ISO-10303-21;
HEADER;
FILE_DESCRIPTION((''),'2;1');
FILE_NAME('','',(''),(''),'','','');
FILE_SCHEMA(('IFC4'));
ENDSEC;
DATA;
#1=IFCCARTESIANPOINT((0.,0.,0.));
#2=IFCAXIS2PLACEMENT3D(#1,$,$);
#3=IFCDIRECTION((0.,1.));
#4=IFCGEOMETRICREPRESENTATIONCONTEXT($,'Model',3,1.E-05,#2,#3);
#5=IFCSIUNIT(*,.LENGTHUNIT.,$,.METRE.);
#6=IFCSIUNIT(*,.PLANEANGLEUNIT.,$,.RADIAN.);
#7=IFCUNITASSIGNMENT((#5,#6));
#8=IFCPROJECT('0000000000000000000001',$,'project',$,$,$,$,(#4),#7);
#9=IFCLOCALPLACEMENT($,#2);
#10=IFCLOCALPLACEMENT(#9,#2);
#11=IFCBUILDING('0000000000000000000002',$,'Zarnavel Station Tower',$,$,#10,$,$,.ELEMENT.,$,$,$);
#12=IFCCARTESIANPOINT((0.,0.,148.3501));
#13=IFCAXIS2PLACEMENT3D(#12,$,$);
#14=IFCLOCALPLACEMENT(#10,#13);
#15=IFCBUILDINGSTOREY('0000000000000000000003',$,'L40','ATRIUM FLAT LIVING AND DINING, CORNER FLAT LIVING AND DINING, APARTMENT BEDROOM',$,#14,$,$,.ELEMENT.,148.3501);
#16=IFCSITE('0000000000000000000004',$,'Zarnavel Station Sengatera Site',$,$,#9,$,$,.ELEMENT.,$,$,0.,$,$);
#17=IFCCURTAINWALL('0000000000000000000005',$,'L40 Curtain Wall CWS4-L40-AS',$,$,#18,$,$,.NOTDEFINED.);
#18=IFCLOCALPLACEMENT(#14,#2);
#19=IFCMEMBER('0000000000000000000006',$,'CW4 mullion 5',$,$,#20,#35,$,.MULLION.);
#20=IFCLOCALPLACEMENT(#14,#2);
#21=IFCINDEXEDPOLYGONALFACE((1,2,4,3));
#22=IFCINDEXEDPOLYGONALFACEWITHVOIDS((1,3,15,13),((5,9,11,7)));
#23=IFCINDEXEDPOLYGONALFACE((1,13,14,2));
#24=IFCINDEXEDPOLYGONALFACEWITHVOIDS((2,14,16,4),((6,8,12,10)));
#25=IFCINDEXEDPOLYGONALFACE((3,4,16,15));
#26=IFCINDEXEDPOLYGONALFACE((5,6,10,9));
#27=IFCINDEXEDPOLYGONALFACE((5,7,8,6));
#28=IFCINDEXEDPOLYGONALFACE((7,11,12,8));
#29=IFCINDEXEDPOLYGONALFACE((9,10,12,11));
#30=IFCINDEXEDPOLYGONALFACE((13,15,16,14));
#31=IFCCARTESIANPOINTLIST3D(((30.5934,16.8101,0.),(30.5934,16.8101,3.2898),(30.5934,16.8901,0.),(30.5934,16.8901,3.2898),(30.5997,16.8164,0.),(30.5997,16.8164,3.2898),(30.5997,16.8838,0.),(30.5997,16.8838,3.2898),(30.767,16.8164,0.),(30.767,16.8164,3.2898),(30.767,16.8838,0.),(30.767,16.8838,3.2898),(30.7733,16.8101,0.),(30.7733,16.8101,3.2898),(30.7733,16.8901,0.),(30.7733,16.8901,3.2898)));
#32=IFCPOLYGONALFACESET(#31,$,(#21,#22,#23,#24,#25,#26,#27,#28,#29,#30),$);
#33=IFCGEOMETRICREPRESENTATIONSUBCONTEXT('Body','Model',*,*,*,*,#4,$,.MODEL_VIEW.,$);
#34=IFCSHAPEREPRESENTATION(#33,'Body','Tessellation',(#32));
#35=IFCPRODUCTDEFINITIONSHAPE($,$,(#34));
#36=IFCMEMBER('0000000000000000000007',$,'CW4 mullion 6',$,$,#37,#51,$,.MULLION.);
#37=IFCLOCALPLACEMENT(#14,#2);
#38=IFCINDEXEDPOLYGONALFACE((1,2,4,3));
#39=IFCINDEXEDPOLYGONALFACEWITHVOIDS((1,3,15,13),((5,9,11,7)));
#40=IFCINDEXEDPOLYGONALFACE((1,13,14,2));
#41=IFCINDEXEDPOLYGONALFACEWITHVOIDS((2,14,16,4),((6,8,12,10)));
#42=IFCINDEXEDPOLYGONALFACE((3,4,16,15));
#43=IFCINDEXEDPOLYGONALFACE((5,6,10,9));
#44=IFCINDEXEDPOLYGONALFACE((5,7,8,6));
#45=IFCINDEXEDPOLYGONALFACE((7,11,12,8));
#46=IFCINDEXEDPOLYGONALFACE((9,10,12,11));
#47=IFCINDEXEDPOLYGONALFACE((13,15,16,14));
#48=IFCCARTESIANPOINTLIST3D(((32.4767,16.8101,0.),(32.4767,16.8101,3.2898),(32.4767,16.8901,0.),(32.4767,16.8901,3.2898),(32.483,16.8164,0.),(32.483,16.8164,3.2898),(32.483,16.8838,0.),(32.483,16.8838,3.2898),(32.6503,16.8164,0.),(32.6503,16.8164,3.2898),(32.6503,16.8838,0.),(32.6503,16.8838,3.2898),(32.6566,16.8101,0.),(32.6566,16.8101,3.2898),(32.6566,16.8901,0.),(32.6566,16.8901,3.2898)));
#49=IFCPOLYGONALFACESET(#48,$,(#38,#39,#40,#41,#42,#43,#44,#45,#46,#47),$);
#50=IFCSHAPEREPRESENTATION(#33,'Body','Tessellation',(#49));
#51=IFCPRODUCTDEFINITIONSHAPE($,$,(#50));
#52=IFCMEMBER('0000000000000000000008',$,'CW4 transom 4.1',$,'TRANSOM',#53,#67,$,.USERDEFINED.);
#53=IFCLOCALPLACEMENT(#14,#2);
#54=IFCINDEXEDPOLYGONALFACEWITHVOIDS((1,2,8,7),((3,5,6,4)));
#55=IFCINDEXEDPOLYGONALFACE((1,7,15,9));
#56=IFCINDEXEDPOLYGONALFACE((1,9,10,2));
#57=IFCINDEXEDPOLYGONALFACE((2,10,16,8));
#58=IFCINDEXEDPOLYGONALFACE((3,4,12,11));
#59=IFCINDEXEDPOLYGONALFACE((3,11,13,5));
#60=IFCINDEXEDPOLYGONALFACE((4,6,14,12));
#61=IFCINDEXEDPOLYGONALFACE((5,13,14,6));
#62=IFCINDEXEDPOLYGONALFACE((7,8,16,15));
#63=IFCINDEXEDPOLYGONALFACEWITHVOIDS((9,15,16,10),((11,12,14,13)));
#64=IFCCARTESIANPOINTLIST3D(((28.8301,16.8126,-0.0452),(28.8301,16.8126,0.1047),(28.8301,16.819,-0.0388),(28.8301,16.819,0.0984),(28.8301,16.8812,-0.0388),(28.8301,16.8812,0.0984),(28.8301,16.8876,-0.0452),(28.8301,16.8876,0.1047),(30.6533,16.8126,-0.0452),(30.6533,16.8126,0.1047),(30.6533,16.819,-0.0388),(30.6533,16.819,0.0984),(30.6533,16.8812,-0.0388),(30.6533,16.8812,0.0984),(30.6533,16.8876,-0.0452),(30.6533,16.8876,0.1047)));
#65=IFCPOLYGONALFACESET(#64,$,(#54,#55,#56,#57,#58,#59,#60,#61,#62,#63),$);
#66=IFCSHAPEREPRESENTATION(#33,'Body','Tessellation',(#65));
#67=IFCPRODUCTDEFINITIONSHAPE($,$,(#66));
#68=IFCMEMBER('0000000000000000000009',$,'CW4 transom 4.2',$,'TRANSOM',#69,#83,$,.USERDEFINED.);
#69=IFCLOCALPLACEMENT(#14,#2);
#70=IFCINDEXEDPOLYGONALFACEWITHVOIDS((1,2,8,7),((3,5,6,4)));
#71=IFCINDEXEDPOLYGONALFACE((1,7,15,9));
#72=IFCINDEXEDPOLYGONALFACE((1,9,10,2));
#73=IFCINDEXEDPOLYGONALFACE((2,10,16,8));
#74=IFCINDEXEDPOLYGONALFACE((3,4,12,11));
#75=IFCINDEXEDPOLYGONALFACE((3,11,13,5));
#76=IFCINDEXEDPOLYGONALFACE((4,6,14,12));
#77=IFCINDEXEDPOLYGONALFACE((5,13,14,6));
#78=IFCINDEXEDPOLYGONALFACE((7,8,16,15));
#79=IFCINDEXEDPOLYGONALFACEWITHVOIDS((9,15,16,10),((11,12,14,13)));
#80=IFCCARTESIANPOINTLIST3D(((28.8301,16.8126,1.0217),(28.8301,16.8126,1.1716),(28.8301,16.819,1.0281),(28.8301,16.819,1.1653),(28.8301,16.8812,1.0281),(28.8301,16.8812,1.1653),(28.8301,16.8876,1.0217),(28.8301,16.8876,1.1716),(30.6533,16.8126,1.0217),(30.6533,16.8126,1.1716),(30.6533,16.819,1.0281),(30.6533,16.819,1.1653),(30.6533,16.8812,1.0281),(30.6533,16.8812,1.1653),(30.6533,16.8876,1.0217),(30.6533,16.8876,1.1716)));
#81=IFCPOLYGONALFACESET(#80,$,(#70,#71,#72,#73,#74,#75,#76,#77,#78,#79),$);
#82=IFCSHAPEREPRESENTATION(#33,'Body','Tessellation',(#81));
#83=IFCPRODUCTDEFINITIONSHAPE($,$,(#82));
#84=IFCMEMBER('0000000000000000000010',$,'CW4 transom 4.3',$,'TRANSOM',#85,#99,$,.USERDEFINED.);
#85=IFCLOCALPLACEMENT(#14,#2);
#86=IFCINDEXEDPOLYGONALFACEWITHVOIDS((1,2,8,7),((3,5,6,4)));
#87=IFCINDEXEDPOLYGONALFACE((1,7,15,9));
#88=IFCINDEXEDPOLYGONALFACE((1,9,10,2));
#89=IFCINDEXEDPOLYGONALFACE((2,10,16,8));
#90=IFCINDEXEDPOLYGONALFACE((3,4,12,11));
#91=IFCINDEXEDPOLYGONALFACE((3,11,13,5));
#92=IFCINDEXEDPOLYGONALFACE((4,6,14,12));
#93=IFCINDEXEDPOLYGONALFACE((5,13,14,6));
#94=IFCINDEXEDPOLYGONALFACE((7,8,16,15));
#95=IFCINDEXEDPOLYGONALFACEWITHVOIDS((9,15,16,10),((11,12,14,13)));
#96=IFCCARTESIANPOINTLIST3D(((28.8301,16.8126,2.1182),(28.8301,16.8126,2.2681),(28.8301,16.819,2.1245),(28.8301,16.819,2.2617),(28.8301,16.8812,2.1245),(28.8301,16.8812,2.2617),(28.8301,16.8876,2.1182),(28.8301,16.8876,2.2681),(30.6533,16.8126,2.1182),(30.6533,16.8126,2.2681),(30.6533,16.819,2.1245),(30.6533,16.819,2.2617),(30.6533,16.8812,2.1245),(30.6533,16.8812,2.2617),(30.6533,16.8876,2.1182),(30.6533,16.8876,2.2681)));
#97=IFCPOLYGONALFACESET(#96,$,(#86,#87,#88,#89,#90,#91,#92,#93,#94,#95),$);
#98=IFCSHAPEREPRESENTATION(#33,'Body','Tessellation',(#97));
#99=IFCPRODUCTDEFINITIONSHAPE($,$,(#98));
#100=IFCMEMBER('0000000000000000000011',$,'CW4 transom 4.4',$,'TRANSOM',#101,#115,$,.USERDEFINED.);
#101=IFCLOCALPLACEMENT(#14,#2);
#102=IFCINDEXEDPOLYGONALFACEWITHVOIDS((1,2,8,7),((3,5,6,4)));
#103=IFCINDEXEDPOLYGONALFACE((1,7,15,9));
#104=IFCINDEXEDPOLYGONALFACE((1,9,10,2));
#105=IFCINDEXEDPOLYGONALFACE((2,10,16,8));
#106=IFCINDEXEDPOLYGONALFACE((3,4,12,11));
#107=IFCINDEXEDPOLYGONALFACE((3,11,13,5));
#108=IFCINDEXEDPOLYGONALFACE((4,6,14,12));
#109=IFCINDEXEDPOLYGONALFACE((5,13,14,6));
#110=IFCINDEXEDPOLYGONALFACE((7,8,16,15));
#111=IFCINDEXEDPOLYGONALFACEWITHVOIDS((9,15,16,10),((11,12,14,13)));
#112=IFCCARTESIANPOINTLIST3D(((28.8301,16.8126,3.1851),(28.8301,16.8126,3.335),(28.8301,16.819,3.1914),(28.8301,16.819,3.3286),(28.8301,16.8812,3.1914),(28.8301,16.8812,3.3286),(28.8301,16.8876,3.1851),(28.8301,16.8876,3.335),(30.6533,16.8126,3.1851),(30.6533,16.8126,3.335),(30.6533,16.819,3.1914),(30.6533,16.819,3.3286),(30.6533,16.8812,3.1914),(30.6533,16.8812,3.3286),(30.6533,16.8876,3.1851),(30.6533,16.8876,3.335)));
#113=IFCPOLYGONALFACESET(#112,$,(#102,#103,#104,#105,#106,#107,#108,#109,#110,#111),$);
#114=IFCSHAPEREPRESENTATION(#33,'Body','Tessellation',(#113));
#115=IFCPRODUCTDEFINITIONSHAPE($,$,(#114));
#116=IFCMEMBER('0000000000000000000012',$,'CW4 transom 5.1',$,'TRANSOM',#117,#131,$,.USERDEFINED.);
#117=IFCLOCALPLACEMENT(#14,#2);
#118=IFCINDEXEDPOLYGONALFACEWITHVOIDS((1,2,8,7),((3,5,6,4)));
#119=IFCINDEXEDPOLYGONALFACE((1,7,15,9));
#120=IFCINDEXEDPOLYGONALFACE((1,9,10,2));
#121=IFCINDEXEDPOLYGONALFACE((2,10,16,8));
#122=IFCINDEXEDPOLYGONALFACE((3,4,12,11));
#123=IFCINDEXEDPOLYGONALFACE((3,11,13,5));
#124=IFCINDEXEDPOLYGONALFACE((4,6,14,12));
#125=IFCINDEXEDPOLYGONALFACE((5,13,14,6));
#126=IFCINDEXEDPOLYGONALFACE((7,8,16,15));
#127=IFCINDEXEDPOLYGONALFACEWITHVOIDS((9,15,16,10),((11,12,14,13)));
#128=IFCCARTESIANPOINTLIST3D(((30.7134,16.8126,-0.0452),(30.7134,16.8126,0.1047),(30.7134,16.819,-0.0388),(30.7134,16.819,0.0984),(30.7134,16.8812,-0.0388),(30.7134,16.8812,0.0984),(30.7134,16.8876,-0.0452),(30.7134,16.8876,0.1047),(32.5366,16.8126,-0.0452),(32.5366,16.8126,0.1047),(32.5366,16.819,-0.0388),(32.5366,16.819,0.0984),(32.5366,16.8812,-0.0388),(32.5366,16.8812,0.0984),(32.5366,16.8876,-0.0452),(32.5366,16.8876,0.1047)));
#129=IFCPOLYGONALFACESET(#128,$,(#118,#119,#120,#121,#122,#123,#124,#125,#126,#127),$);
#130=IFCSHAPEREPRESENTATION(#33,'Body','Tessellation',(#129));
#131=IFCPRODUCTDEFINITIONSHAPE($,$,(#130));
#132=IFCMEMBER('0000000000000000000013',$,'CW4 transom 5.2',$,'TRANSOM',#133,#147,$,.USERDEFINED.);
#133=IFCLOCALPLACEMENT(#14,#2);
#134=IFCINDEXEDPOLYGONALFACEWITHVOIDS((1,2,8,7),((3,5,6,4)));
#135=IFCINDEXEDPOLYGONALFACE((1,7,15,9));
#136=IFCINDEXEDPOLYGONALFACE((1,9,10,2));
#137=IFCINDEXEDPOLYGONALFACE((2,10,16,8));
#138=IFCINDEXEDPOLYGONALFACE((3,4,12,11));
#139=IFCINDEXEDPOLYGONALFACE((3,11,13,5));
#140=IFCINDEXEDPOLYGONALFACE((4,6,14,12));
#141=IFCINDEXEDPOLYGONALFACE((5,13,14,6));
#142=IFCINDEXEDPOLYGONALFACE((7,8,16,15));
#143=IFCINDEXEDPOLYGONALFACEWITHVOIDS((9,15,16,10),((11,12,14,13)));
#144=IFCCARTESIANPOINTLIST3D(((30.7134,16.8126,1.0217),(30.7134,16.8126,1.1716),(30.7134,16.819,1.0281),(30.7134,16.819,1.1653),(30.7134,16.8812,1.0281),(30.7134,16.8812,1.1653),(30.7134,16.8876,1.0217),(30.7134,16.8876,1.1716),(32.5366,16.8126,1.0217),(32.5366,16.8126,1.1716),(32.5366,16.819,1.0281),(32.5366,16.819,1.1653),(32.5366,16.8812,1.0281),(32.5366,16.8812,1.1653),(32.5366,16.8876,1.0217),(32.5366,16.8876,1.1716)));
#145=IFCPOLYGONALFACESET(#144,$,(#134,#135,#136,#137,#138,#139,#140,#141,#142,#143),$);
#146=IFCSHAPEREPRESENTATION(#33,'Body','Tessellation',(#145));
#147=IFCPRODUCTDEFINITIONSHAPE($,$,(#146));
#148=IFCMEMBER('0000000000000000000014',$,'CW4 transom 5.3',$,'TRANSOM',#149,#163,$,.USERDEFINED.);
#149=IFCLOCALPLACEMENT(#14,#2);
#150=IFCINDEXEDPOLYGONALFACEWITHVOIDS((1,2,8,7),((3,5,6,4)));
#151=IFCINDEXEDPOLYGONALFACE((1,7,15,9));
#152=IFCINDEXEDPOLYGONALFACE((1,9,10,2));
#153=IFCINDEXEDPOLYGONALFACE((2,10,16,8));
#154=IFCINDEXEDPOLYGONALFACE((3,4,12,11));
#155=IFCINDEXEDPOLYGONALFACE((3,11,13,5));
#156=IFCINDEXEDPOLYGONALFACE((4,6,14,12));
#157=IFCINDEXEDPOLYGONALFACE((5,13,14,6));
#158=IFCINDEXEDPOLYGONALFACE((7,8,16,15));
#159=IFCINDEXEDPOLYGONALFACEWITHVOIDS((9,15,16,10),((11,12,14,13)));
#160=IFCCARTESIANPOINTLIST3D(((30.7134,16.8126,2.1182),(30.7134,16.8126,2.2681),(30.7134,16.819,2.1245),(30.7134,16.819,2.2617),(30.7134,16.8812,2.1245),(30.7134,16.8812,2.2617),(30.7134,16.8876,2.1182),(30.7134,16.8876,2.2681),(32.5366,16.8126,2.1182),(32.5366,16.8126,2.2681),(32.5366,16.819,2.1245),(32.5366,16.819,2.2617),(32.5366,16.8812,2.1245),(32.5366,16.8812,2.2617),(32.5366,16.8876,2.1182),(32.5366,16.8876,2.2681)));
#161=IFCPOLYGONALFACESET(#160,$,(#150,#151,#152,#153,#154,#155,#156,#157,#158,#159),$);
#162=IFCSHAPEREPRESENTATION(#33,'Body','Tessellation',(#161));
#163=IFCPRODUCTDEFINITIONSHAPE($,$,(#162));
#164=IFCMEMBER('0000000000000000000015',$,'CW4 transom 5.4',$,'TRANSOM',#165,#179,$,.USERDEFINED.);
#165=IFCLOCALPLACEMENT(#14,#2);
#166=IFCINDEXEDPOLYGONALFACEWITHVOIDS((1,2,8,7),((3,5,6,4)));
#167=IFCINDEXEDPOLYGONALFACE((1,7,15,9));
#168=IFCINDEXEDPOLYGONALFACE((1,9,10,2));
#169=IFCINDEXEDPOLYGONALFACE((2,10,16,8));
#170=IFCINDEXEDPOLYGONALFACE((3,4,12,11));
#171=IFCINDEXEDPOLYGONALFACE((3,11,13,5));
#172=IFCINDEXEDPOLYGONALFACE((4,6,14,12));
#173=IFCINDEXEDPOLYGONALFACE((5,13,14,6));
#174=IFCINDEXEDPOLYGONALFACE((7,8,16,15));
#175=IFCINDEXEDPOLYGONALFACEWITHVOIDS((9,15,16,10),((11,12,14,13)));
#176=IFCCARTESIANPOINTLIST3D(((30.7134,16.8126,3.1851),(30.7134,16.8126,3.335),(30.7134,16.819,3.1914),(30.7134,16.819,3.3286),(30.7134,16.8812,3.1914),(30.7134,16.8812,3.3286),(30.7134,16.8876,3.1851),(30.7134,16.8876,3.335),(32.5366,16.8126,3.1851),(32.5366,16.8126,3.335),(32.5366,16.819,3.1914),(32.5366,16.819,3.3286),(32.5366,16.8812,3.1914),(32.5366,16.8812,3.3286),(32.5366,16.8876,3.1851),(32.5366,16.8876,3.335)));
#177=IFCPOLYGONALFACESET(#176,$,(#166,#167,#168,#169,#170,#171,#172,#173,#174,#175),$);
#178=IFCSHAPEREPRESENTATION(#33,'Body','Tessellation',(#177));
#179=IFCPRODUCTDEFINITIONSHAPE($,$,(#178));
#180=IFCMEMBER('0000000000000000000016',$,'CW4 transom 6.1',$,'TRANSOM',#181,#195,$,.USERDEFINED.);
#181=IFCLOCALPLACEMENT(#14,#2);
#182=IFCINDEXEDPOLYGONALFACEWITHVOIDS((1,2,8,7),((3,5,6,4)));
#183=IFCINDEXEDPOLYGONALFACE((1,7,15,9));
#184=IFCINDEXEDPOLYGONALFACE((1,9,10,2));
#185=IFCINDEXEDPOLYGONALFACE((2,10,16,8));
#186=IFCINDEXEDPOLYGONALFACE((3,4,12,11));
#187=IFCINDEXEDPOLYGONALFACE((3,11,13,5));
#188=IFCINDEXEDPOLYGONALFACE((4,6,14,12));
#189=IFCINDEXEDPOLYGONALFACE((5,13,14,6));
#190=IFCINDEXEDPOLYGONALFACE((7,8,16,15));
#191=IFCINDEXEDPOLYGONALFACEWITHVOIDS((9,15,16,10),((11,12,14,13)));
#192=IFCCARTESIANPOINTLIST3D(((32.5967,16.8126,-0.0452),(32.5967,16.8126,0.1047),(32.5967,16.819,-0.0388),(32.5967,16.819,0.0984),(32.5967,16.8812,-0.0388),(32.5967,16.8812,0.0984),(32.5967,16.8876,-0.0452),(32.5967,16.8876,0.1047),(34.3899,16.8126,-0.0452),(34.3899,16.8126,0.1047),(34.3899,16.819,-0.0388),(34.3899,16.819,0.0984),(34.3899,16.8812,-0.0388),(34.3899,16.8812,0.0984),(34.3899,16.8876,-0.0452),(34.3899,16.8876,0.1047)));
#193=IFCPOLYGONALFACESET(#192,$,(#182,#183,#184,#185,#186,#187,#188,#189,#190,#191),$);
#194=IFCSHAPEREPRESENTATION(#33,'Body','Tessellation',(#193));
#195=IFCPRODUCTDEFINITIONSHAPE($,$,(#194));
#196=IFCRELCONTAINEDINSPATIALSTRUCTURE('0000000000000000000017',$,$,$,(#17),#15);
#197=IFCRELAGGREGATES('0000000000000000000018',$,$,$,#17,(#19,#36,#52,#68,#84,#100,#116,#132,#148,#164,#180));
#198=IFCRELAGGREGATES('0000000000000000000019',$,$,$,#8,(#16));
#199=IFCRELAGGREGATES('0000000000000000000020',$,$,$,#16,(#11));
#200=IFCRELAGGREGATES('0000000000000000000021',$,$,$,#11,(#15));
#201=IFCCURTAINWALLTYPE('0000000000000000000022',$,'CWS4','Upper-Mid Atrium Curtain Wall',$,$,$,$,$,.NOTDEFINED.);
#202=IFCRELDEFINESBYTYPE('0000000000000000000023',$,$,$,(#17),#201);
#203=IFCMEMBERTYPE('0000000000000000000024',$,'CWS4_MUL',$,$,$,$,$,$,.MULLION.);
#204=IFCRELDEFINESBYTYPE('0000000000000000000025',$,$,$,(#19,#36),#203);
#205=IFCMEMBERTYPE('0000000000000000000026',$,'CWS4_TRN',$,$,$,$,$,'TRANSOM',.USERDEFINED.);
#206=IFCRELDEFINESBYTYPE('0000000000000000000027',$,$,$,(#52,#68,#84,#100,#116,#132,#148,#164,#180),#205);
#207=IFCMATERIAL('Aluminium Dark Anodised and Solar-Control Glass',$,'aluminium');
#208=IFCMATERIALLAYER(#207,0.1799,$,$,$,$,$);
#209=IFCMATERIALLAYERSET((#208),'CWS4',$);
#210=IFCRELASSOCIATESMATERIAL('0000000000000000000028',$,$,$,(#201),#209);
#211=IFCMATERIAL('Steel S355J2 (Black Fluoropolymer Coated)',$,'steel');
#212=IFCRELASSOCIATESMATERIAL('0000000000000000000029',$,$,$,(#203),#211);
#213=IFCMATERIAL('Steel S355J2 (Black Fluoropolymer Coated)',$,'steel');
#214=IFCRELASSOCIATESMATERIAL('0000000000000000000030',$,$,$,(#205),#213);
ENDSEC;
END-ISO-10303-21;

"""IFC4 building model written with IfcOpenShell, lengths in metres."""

from ifc_helpers import new_model, si_unit, direction, frame, origin, origin_2d, place, context, subcontext, project, spatial, hollow_rectangle, extrude, material, layer, layer_set, material_profile, profile_set, type_object, element, aggregate, save


model = new_model("IFC4")

# Units and contexts
model_context = context("Model", 3, precision=1e-05, world=origin(), true_north=direction((0.0, 1.0)))
body_context = subcontext(model_context, "Body", "Model", "MODEL_VIEW")
ifc_project = project(units=[si_unit("LENGTHUNIT", "METRE"), si_unit("PLANEANGLEUNIT", "RADIAN")], contexts=[model_context])

# Site, building, storey
site_placement = place(None, origin())
site = spatial("IfcSite", under=ifc_project, at=site_placement, Name="Zarnavel Station Sengatera Site", CompositionType="ELEMENT", RefElevation=0.0)
building_placement = place(site_placement, origin())
building = spatial("IfcBuilding", under=site, at=building_placement, Name="Zarnavel Station Tower", CompositionType="ELEMENT")
storey_placement = place(building_placement, frame((0.0, 0.0, 148.3501)))
storey = spatial("IfcBuildingStorey", under=building, at=storey_placement, Name="L40", Description="ATRIUM FLAT LIVING AND DINING, CORNER FLAT LIVING AND DINING, APARTMENT BEDROOM", CompositionType="ELEMENT", Elevation=148.3501)

# Curtain wall, members
ifc_material_1 = material(Name="Aluminium Dark Anodised and Solar-Control Glass", Category="aluminium")
ifc_layer_1 = layer(ifc_material_1, 0.1799)
ifc_layer_set_1 = layer_set([ifc_layer_1], Name="CWS4")
curtain_wall_type = type_object("IfcCurtainWallType", Name="CWS4", Description="Upper-Mid Atrium Curtain Wall", PredefinedType="NOTDEFINED", material=ifc_layer_set_1)
curtain_wall_placement = place(storey_placement, origin())
curtain_wall = element("IfcCurtainWall", 1, at=curtain_wall_placement, inside=storey, type_object=curtain_wall_type, Name="L40 Curtain Wall CWS4-L40-AS", PredefinedType="NOTDEFINED")
ifc_material_2 = material(Name="Steel S355J2 (Black Fluoropolymer Coated)", Category="steel")
ifc_material_profile_1 = material_profile(ifc_material_2, hollow_rectangle(XDim=0.0801, YDim=0.1799, WallThickness=0.0063, at=origin_2d()), Name="RHS180x80x6.3")
ifc_profile_set_1 = profile_set([ifc_material_profile_1], Name="Steel S355J2 (Black Fluoropolymer Coated)")
member_type_1 = type_object("IfcMemberType", Name="CWS4_MUL", PredefinedType="MULLION", material=ifc_profile_set_1)
member_1_placement = place(storey_placement, frame((30.6833, 16.8501, 0.0), z_axis=(0.0, 0.0, 1.0), x_axis=(0.0, 1.0, 0.0)))
member_1 = element("IfcMember", 2, at=member_1_placement, type_object=member_type_1, Name="CW4 mullion 5", PredefinedType="MULLION", context=body_context, shape_type="SweptSolid", body=[
    extrude(hollow_rectangle(XDim=0.0801, YDim=0.1799, WallThickness=0.0063, at=origin_2d()), origin(), (0.0, 0.0, 1.0), 3.2898),
])
member_2_placement = place(storey_placement, frame((32.5667, 16.8501, 0.0), z_axis=(0.0, 0.0, 1.0), x_axis=(0.0, 1.0, 0.0)))
member_2 = element("IfcMember", 3, at=member_2_placement, type_object=member_type_1, Name="CW4 mullion 6", PredefinedType="MULLION", context=body_context, shape_type="SweptSolid", body=[
    extrude(hollow_rectangle(XDim=0.0801, YDim=0.1799, WallThickness=0.0063, at=origin_2d()), origin(), (0.0, 0.0, 1.0), 3.2898),
])
ifc_material_3 = material(Name="Steel S355J2 (Black Fluoropolymer Coated)", Category="steel")
ifc_material_profile_2 = material_profile(ifc_material_3, hollow_rectangle(XDim=0.075, YDim=0.1499, WallThickness=0.0063, at=origin_2d()), Name="RHS150x75x6.3")
ifc_profile_set_2 = profile_set([ifc_material_profile_2], Name="Steel S355J2 (Black Fluoropolymer Coated)")
member_type_2 = type_object("IfcMemberType", Name="CWS4_TRN", ElementType="TRANSOM", PredefinedType="USERDEFINED", material=ifc_profile_set_2)
member_3_placement = place(storey_placement, frame((28.8301, 16.8501, 0.0298), z_axis=(1.0, 0.0, 0.0), x_axis=(0.0, 1.0, 0.0)))
member_3 = element("IfcMember", 4, at=member_3_placement, type_object=member_type_2, Name="CW4 transom 4.1", ObjectType="TRANSOM", PredefinedType="USERDEFINED", context=body_context, shape_type="SweptSolid", body=[
    extrude(hollow_rectangle(XDim=0.075, YDim=0.1499, WallThickness=0.0063, at=origin_2d()), origin(), (0.0, 0.0, 1.0), 1.8232),
])
member_4_placement = place(storey_placement, frame((28.8301, 16.8501, 1.0967), z_axis=(1.0, 0.0, 0.0), x_axis=(0.0, 1.0, 0.0)))
member_4 = element("IfcMember", 5, at=member_4_placement, type_object=member_type_2, Name="CW4 transom 4.2", ObjectType="TRANSOM", PredefinedType="USERDEFINED", context=body_context, shape_type="SweptSolid", body=[
    extrude(hollow_rectangle(XDim=0.075, YDim=0.1499, WallThickness=0.0063, at=origin_2d()), origin(), (0.0, 0.0, 1.0), 1.8232),
])
member_5_placement = place(storey_placement, frame((28.8301, 16.8501, 2.1931), z_axis=(1.0, 0.0, 0.0), x_axis=(0.0, 1.0, 0.0)))
member_5 = element("IfcMember", 6, at=member_5_placement, type_object=member_type_2, Name="CW4 transom 4.3", ObjectType="TRANSOM", PredefinedType="USERDEFINED", context=body_context, shape_type="SweptSolid", body=[
    extrude(hollow_rectangle(XDim=0.075, YDim=0.1499, WallThickness=0.0063, at=origin_2d()), origin(), (0.0, 0.0, 1.0), 1.8232),
])
member_6_placement = place(storey_placement, frame((28.8301, 16.8501, 3.26), z_axis=(1.0, 0.0, 0.0), x_axis=(0.0, 1.0, 0.0)))
member_6 = element("IfcMember", 7, at=member_6_placement, type_object=member_type_2, Name="CW4 transom 4.4", ObjectType="TRANSOM", PredefinedType="USERDEFINED", context=body_context, shape_type="SweptSolid", body=[
    extrude(hollow_rectangle(XDim=0.075, YDim=0.1499, WallThickness=0.0063, at=origin_2d()), origin(), (0.0, 0.0, 1.0), 1.8232),
])
member_7_placement = place(storey_placement, frame((30.7134, 16.8501, 0.0298), z_axis=(1.0, 0.0, 0.0), x_axis=(0.0, 1.0, 0.0)))
member_7 = element("IfcMember", 8, at=member_7_placement, type_object=member_type_2, Name="CW4 transom 5.1", ObjectType="TRANSOM", PredefinedType="USERDEFINED", context=body_context, shape_type="SweptSolid", body=[
    extrude(hollow_rectangle(XDim=0.075, YDim=0.1499, WallThickness=0.0063, at=origin_2d()), origin(), (0.0, 0.0, 1.0), 1.8232),
])
member_8_placement = place(storey_placement, frame((30.7134, 16.8501, 1.0967), z_axis=(1.0, 0.0, 0.0), x_axis=(0.0, 1.0, 0.0)))
member_8 = element("IfcMember", 9, at=member_8_placement, type_object=member_type_2, Name="CW4 transom 5.2", ObjectType="TRANSOM", PredefinedType="USERDEFINED", context=body_context, shape_type="SweptSolid", body=[
    extrude(hollow_rectangle(XDim=0.075, YDim=0.1499, WallThickness=0.0063, at=origin_2d()), origin(), (0.0, 0.0, 1.0), 1.8232),
])
member_9_placement = place(storey_placement, frame((30.7134, 16.8501, 2.1931), z_axis=(1.0, 0.0, 0.0), x_axis=(0.0, 1.0, 0.0)))
member_9 = element("IfcMember", 10, at=member_9_placement, type_object=member_type_2, Name="CW4 transom 5.3", ObjectType="TRANSOM", PredefinedType="USERDEFINED", context=body_context, shape_type="SweptSolid", body=[
    extrude(hollow_rectangle(XDim=0.075, YDim=0.1499, WallThickness=0.0063, at=origin_2d()), origin(), (0.0, 0.0, 1.0), 1.8232),
])
member_10_placement = place(storey_placement, frame((30.7134, 16.8501, 3.26), z_axis=(1.0, 0.0, 0.0), x_axis=(0.0, 1.0, 0.0)))
member_10 = element("IfcMember", 11, at=member_10_placement, type_object=member_type_2, Name="CW4 transom 5.4", ObjectType="TRANSOM", PredefinedType="USERDEFINED", context=body_context, shape_type="SweptSolid", body=[
    extrude(hollow_rectangle(XDim=0.075, YDim=0.1499, WallThickness=0.0063, at=origin_2d()), origin(), (0.0, 0.0, 1.0), 1.8232),
])
member_11_placement = place(storey_placement, frame((32.5967, 16.8501, 0.0298), z_axis=(1.0, 0.0, 0.0), x_axis=(0.0, 1.0, 0.0)))
member_11 = element("IfcMember", 12, at=member_11_placement, type_object=member_type_2, Name="CW4 transom 6.1", ObjectType="TRANSOM", PredefinedType="USERDEFINED", context=body_context, shape_type="SweptSolid", body=[
    extrude(hollow_rectangle(XDim=0.075, YDim=0.1499, WallThickness=0.0063, at=origin_2d()), origin(), (0.0, 0.0, 1.0), 1.7932),
])
aggregate(curtain_wall, [member_1, member_2, member_3, member_4, member_5, member_6, member_7, member_8, member_9, member_10, member_11])

save(model, "model.ifc")
